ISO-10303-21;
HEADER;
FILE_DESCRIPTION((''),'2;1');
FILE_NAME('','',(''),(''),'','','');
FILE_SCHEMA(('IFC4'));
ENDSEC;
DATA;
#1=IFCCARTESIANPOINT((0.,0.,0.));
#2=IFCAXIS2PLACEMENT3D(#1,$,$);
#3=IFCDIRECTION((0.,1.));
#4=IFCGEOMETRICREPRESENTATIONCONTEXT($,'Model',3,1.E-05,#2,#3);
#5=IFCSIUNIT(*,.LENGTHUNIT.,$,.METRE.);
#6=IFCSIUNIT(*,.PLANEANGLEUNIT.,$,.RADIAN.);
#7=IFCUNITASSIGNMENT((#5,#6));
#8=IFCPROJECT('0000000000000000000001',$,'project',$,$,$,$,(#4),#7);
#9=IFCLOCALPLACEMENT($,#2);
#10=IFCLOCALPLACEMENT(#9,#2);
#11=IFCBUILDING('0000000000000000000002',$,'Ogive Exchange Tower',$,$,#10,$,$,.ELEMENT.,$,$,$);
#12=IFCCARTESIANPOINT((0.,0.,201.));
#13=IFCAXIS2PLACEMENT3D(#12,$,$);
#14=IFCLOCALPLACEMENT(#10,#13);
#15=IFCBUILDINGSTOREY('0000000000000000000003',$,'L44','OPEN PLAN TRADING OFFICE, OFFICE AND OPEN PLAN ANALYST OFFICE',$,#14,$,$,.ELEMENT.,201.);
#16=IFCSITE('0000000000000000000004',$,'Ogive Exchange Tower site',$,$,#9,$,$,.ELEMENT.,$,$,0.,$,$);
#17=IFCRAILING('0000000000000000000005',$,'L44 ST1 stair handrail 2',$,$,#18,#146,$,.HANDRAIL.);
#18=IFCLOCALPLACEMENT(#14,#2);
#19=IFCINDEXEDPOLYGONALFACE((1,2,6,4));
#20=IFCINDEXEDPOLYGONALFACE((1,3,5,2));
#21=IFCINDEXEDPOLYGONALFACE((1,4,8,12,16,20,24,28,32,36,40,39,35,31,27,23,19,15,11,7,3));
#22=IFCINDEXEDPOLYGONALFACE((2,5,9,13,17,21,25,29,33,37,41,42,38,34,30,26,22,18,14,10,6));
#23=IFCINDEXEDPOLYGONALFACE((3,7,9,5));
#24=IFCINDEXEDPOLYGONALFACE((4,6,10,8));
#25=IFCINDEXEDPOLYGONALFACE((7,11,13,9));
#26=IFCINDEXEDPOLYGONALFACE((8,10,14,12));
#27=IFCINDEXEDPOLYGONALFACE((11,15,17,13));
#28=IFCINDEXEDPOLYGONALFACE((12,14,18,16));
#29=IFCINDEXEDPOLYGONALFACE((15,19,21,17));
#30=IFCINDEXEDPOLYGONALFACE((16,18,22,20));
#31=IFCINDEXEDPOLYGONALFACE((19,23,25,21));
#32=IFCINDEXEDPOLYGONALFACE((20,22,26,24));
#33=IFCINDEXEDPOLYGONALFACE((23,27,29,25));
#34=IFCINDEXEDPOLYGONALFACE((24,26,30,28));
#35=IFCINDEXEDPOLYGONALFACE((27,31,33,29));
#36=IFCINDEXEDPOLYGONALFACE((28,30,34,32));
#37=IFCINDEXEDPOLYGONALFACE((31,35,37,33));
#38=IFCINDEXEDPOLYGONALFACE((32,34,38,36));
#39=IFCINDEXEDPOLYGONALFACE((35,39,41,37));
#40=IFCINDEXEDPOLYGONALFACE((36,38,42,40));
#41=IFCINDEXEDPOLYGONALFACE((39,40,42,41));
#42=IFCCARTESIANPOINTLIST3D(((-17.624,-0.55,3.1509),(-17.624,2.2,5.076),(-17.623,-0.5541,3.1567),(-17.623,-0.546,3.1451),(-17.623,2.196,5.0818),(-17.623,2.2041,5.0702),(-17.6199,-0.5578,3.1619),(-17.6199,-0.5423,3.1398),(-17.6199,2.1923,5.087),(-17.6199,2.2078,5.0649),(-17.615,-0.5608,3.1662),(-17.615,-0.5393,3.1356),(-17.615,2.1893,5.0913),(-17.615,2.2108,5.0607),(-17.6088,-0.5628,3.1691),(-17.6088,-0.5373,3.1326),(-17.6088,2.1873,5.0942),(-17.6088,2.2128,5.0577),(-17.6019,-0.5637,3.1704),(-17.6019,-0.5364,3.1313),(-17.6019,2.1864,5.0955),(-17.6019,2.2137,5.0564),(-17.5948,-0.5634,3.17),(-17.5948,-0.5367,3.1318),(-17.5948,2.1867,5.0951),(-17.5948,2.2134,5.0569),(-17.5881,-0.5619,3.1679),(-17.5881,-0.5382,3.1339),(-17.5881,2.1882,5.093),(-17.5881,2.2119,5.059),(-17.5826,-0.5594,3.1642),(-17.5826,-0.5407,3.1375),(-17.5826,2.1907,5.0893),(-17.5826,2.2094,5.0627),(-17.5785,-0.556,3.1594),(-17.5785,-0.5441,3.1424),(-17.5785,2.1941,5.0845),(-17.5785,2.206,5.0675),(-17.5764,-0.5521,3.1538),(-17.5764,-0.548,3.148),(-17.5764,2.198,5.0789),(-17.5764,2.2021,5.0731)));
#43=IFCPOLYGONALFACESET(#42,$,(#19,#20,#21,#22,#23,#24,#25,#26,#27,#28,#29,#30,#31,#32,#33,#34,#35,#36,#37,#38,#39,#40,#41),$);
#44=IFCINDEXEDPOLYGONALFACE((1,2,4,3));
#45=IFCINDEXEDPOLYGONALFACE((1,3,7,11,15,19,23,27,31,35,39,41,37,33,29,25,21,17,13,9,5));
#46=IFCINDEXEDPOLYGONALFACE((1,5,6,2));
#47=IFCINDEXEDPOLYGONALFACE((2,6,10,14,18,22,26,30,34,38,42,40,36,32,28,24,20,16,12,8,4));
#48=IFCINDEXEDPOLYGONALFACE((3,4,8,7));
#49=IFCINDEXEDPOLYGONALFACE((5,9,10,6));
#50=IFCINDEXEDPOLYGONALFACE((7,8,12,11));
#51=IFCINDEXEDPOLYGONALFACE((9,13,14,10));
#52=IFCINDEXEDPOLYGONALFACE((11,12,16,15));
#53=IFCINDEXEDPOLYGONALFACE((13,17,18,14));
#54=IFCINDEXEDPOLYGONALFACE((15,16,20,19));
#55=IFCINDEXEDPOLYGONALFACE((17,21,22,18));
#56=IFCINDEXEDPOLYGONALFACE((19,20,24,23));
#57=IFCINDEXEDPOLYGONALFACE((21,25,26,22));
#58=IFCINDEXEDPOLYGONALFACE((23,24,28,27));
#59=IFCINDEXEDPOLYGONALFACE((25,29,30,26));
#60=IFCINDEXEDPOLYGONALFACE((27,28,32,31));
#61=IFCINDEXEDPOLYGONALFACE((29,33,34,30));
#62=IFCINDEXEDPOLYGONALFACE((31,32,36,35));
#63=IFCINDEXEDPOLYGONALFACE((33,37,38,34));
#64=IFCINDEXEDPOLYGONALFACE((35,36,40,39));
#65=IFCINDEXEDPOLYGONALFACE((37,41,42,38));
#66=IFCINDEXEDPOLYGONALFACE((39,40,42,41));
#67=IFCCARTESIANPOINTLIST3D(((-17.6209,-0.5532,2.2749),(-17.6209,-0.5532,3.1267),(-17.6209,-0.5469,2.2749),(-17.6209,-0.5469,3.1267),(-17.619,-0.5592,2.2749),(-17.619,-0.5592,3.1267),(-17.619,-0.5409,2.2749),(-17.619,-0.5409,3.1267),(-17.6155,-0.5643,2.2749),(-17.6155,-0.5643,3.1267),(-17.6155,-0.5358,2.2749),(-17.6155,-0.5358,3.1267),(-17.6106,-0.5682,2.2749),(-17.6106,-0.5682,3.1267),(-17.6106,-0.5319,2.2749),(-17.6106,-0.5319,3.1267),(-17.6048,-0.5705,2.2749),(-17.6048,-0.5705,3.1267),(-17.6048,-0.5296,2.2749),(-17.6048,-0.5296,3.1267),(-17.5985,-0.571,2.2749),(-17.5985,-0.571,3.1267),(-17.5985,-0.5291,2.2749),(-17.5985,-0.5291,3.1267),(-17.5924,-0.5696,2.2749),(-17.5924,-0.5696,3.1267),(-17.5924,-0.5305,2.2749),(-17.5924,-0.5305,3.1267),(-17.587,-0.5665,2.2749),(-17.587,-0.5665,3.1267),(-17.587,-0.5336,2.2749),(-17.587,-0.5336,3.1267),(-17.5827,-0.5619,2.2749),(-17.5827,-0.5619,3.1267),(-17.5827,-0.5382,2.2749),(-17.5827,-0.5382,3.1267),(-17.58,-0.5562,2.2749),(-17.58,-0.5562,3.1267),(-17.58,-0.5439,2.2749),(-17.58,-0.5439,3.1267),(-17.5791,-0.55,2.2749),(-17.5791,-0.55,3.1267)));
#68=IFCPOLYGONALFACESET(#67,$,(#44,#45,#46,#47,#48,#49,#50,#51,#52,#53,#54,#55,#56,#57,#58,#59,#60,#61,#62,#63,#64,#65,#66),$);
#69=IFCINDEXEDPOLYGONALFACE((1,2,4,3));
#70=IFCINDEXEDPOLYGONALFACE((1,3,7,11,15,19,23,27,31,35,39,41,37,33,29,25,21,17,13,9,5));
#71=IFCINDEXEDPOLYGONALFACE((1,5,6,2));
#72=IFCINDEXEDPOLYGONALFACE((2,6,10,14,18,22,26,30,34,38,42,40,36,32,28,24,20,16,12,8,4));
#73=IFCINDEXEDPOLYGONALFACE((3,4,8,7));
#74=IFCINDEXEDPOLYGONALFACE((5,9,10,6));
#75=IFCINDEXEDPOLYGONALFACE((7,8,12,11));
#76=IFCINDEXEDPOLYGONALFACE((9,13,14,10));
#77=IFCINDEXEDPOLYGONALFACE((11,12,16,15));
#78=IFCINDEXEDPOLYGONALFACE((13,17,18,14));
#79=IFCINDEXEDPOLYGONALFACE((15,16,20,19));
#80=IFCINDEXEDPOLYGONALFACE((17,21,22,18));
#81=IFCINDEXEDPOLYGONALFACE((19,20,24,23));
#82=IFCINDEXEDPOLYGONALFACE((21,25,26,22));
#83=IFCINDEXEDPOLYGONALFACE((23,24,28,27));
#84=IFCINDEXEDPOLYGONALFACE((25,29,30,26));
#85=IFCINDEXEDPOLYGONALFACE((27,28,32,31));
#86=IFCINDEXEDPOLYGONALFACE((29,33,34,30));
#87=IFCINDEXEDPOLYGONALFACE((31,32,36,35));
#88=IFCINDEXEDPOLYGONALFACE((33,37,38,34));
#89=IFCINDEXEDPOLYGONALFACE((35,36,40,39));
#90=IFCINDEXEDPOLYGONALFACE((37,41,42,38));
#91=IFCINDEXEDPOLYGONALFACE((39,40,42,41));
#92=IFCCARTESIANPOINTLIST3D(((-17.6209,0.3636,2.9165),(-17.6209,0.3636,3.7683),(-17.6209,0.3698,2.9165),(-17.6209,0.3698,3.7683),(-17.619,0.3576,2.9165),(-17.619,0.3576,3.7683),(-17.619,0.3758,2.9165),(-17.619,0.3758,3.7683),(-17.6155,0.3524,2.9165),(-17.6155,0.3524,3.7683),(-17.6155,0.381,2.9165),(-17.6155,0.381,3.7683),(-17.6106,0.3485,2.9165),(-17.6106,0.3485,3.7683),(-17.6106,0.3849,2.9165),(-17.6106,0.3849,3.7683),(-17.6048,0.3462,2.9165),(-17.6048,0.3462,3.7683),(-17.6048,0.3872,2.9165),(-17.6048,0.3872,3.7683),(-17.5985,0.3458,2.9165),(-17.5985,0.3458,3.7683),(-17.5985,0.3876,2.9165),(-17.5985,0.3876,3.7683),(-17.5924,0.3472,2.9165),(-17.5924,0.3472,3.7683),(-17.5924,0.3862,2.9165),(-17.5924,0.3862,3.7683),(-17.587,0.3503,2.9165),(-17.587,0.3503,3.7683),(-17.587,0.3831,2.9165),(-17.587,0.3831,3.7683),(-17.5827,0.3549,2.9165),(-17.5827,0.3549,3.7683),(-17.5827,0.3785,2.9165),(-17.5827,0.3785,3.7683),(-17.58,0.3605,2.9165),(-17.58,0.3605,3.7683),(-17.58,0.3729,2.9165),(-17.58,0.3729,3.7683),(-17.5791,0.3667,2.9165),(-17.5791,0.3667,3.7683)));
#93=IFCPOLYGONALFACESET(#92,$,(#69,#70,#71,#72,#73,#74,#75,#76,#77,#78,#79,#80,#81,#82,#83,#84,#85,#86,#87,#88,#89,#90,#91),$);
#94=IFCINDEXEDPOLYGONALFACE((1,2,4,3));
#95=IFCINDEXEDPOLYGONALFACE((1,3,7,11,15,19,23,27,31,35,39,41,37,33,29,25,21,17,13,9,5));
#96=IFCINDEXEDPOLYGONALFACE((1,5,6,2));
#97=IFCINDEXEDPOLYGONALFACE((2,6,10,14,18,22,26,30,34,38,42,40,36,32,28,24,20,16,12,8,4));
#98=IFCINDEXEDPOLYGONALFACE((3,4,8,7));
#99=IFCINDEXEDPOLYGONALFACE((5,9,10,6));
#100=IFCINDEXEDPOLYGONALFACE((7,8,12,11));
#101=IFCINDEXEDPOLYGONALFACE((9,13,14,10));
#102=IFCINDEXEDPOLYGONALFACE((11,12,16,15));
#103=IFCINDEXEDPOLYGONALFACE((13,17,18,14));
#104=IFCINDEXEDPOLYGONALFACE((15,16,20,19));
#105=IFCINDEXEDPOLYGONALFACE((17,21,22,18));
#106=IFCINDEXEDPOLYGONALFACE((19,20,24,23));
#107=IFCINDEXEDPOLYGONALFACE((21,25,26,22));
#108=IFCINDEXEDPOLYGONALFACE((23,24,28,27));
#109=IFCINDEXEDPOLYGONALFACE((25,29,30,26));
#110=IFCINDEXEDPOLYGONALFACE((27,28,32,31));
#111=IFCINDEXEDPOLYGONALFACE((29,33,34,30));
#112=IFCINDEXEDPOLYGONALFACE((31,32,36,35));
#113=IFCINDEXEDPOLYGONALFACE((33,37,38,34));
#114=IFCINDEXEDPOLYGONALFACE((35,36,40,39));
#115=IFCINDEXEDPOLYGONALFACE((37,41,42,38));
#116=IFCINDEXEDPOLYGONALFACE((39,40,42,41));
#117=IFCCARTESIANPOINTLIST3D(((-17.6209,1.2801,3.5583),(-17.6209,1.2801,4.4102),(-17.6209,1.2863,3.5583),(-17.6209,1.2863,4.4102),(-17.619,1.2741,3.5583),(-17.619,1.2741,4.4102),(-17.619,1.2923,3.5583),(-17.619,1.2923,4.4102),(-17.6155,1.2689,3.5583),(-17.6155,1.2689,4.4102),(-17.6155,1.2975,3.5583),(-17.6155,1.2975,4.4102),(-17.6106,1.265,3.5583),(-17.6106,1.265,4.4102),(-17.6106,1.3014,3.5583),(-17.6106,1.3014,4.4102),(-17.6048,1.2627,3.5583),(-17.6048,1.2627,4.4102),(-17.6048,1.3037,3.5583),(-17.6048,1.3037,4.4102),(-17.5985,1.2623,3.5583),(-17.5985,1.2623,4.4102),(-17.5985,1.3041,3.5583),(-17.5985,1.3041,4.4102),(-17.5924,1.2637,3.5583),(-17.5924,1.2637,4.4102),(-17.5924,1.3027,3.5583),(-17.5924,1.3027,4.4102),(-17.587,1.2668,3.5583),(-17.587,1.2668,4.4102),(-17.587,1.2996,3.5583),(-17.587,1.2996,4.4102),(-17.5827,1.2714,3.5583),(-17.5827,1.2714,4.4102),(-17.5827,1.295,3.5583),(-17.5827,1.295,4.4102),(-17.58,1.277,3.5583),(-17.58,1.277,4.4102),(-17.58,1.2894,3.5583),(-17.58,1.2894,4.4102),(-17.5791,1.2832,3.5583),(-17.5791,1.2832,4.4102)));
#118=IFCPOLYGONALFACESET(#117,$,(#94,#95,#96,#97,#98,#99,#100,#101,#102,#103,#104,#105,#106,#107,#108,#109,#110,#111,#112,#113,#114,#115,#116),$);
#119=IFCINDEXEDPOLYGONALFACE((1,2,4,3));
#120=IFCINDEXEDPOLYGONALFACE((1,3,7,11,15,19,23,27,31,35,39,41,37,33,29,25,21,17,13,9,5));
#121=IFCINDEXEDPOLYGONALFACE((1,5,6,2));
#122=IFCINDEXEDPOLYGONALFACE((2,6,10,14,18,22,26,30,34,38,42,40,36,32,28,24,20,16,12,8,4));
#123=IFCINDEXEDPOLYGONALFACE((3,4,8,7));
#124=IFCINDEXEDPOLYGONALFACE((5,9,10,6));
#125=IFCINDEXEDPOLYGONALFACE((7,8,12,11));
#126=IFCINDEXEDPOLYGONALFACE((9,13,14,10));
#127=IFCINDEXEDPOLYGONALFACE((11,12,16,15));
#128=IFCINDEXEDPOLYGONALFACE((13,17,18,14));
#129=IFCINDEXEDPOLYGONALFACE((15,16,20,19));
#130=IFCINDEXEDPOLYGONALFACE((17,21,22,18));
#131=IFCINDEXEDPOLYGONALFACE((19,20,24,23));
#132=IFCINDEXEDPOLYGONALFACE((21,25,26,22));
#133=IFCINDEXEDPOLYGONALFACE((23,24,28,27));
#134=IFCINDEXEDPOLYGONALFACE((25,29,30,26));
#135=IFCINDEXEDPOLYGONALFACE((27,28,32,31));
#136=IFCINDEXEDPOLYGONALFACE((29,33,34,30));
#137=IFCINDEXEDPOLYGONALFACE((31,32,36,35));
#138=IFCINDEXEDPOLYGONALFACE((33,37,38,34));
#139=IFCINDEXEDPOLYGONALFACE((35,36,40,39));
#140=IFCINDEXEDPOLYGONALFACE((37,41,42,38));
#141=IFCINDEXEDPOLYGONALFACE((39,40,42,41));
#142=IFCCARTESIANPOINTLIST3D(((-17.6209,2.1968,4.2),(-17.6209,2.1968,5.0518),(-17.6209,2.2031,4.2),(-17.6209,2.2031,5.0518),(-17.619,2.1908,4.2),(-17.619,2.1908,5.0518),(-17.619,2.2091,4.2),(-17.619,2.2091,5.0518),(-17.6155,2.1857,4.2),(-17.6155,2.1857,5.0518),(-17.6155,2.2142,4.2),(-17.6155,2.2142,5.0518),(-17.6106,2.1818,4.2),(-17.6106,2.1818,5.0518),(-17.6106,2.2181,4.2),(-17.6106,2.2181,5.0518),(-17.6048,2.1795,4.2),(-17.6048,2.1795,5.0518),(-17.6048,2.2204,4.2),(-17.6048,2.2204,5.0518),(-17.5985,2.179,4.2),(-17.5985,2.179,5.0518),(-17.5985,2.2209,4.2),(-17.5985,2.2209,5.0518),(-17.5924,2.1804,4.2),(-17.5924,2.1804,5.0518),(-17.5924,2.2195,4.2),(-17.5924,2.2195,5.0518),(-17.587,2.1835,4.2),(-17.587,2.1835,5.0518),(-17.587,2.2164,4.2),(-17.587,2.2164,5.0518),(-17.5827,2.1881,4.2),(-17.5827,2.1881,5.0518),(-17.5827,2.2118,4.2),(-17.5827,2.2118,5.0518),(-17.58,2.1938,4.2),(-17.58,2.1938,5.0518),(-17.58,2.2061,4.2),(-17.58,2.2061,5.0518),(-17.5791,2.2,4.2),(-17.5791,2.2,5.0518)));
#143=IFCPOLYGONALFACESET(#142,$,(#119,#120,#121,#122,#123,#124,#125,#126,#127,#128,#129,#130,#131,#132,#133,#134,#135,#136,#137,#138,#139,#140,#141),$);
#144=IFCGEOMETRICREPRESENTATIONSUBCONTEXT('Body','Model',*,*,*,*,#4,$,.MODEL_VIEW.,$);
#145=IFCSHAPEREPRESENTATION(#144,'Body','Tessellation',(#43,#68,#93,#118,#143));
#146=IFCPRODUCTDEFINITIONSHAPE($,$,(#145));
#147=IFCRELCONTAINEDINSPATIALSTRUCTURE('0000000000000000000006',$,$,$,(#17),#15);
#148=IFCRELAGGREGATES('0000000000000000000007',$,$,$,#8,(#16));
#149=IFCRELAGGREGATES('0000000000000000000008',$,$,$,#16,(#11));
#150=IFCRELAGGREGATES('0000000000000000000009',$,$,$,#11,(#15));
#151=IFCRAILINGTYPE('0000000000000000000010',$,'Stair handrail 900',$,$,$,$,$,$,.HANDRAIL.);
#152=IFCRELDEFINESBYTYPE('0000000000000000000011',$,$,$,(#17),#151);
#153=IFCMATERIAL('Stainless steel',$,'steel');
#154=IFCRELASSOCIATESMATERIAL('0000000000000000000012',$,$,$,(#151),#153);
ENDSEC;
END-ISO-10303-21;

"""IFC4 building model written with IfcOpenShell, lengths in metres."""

from ifc_helpers import new_model, si_unit, direction, frame, origin, origin_2d, place, context, subcontext, project, spatial, circle, extrude, material, type_object, element, save


model = new_model("IFC4")

# Units and contexts
model_context = context("Model", 3, precision=1e-05, world=origin(), true_north=direction((0.0, 1.0)))
body_context = subcontext(model_context, "Body", "Model", "MODEL_VIEW")
ifc_project = project(units=[si_unit("LENGTHUNIT", "METRE"), si_unit("PLANEANGLEUNIT", "RADIAN")], contexts=[model_context])

# Site, building, storey
site_placement = place(None, origin())
site = spatial("IfcSite", under=ifc_project, at=site_placement, Name="Ogive Exchange Tower site", CompositionType="ELEMENT", RefElevation=0.0)
building_placement = place(site_placement, origin())
building = spatial("IfcBuilding", under=site, at=building_placement, Name="Ogive Exchange Tower", CompositionType="ELEMENT")
storey_placement = place(building_placement, frame((0.0, 0.0, 201.0)))
storey = spatial("IfcBuildingStorey", under=building, at=storey_placement, Name="L44", Description="OPEN PLAN TRADING OFFICE, OFFICE AND OPEN PLAN ANALYST OFFICE", CompositionType="ELEMENT", Elevation=201.0)

# Shared definitions
ifc_material_1 = material(Name="Stainless steel", Category="steel")

# Railing
railing_type = type_object("IfcRailingType", Name="Stair handrail 900", PredefinedType="HANDRAIL", material=ifc_material_1)
railing_1_placement = place(storey_placement, frame((-17.6001, -0.55, 2.2749)))
element("IfcRailing", 1, at=railing_1_placement, inside=storey, type_object=railing_type, Name="L44 ST1 stair handrail 2", PredefinedType="HANDRAIL", context=body_context, shape_type="SweptSolid", body=[
    extrude(circle(Radius=0.0239, at=origin_2d()), frame((0.0, 0.0, 0.876), z_axis=(0.0, 0.819225, 0.573472), x_axis=(-1.0, 0.0, 0.0)), (0.0, 0.0, 1.0), 3.3569),
    extrude(circle(Radius=0.021, at=origin_2d()), origin(), (0.0, 0.0, 1.0), 0.8518),
    extrude(circle(Radius=0.021, at=origin_2d()), frame((0.0, 0.9167, 0.6416)), (0.0, 0.0, 1.0), 0.8518),
    extrude(circle(Radius=0.021, at=origin_2d()), frame((0.0, 1.8333, 1.2834)), (0.0, 0.0, 1.0), 0.8518),
    extrude(circle(Radius=0.021, at=origin_2d()), frame((0.0, 2.75, 1.925)), (0.0, 0.0, 1.0), 0.8518),
])

save(model, "model.ifc")
